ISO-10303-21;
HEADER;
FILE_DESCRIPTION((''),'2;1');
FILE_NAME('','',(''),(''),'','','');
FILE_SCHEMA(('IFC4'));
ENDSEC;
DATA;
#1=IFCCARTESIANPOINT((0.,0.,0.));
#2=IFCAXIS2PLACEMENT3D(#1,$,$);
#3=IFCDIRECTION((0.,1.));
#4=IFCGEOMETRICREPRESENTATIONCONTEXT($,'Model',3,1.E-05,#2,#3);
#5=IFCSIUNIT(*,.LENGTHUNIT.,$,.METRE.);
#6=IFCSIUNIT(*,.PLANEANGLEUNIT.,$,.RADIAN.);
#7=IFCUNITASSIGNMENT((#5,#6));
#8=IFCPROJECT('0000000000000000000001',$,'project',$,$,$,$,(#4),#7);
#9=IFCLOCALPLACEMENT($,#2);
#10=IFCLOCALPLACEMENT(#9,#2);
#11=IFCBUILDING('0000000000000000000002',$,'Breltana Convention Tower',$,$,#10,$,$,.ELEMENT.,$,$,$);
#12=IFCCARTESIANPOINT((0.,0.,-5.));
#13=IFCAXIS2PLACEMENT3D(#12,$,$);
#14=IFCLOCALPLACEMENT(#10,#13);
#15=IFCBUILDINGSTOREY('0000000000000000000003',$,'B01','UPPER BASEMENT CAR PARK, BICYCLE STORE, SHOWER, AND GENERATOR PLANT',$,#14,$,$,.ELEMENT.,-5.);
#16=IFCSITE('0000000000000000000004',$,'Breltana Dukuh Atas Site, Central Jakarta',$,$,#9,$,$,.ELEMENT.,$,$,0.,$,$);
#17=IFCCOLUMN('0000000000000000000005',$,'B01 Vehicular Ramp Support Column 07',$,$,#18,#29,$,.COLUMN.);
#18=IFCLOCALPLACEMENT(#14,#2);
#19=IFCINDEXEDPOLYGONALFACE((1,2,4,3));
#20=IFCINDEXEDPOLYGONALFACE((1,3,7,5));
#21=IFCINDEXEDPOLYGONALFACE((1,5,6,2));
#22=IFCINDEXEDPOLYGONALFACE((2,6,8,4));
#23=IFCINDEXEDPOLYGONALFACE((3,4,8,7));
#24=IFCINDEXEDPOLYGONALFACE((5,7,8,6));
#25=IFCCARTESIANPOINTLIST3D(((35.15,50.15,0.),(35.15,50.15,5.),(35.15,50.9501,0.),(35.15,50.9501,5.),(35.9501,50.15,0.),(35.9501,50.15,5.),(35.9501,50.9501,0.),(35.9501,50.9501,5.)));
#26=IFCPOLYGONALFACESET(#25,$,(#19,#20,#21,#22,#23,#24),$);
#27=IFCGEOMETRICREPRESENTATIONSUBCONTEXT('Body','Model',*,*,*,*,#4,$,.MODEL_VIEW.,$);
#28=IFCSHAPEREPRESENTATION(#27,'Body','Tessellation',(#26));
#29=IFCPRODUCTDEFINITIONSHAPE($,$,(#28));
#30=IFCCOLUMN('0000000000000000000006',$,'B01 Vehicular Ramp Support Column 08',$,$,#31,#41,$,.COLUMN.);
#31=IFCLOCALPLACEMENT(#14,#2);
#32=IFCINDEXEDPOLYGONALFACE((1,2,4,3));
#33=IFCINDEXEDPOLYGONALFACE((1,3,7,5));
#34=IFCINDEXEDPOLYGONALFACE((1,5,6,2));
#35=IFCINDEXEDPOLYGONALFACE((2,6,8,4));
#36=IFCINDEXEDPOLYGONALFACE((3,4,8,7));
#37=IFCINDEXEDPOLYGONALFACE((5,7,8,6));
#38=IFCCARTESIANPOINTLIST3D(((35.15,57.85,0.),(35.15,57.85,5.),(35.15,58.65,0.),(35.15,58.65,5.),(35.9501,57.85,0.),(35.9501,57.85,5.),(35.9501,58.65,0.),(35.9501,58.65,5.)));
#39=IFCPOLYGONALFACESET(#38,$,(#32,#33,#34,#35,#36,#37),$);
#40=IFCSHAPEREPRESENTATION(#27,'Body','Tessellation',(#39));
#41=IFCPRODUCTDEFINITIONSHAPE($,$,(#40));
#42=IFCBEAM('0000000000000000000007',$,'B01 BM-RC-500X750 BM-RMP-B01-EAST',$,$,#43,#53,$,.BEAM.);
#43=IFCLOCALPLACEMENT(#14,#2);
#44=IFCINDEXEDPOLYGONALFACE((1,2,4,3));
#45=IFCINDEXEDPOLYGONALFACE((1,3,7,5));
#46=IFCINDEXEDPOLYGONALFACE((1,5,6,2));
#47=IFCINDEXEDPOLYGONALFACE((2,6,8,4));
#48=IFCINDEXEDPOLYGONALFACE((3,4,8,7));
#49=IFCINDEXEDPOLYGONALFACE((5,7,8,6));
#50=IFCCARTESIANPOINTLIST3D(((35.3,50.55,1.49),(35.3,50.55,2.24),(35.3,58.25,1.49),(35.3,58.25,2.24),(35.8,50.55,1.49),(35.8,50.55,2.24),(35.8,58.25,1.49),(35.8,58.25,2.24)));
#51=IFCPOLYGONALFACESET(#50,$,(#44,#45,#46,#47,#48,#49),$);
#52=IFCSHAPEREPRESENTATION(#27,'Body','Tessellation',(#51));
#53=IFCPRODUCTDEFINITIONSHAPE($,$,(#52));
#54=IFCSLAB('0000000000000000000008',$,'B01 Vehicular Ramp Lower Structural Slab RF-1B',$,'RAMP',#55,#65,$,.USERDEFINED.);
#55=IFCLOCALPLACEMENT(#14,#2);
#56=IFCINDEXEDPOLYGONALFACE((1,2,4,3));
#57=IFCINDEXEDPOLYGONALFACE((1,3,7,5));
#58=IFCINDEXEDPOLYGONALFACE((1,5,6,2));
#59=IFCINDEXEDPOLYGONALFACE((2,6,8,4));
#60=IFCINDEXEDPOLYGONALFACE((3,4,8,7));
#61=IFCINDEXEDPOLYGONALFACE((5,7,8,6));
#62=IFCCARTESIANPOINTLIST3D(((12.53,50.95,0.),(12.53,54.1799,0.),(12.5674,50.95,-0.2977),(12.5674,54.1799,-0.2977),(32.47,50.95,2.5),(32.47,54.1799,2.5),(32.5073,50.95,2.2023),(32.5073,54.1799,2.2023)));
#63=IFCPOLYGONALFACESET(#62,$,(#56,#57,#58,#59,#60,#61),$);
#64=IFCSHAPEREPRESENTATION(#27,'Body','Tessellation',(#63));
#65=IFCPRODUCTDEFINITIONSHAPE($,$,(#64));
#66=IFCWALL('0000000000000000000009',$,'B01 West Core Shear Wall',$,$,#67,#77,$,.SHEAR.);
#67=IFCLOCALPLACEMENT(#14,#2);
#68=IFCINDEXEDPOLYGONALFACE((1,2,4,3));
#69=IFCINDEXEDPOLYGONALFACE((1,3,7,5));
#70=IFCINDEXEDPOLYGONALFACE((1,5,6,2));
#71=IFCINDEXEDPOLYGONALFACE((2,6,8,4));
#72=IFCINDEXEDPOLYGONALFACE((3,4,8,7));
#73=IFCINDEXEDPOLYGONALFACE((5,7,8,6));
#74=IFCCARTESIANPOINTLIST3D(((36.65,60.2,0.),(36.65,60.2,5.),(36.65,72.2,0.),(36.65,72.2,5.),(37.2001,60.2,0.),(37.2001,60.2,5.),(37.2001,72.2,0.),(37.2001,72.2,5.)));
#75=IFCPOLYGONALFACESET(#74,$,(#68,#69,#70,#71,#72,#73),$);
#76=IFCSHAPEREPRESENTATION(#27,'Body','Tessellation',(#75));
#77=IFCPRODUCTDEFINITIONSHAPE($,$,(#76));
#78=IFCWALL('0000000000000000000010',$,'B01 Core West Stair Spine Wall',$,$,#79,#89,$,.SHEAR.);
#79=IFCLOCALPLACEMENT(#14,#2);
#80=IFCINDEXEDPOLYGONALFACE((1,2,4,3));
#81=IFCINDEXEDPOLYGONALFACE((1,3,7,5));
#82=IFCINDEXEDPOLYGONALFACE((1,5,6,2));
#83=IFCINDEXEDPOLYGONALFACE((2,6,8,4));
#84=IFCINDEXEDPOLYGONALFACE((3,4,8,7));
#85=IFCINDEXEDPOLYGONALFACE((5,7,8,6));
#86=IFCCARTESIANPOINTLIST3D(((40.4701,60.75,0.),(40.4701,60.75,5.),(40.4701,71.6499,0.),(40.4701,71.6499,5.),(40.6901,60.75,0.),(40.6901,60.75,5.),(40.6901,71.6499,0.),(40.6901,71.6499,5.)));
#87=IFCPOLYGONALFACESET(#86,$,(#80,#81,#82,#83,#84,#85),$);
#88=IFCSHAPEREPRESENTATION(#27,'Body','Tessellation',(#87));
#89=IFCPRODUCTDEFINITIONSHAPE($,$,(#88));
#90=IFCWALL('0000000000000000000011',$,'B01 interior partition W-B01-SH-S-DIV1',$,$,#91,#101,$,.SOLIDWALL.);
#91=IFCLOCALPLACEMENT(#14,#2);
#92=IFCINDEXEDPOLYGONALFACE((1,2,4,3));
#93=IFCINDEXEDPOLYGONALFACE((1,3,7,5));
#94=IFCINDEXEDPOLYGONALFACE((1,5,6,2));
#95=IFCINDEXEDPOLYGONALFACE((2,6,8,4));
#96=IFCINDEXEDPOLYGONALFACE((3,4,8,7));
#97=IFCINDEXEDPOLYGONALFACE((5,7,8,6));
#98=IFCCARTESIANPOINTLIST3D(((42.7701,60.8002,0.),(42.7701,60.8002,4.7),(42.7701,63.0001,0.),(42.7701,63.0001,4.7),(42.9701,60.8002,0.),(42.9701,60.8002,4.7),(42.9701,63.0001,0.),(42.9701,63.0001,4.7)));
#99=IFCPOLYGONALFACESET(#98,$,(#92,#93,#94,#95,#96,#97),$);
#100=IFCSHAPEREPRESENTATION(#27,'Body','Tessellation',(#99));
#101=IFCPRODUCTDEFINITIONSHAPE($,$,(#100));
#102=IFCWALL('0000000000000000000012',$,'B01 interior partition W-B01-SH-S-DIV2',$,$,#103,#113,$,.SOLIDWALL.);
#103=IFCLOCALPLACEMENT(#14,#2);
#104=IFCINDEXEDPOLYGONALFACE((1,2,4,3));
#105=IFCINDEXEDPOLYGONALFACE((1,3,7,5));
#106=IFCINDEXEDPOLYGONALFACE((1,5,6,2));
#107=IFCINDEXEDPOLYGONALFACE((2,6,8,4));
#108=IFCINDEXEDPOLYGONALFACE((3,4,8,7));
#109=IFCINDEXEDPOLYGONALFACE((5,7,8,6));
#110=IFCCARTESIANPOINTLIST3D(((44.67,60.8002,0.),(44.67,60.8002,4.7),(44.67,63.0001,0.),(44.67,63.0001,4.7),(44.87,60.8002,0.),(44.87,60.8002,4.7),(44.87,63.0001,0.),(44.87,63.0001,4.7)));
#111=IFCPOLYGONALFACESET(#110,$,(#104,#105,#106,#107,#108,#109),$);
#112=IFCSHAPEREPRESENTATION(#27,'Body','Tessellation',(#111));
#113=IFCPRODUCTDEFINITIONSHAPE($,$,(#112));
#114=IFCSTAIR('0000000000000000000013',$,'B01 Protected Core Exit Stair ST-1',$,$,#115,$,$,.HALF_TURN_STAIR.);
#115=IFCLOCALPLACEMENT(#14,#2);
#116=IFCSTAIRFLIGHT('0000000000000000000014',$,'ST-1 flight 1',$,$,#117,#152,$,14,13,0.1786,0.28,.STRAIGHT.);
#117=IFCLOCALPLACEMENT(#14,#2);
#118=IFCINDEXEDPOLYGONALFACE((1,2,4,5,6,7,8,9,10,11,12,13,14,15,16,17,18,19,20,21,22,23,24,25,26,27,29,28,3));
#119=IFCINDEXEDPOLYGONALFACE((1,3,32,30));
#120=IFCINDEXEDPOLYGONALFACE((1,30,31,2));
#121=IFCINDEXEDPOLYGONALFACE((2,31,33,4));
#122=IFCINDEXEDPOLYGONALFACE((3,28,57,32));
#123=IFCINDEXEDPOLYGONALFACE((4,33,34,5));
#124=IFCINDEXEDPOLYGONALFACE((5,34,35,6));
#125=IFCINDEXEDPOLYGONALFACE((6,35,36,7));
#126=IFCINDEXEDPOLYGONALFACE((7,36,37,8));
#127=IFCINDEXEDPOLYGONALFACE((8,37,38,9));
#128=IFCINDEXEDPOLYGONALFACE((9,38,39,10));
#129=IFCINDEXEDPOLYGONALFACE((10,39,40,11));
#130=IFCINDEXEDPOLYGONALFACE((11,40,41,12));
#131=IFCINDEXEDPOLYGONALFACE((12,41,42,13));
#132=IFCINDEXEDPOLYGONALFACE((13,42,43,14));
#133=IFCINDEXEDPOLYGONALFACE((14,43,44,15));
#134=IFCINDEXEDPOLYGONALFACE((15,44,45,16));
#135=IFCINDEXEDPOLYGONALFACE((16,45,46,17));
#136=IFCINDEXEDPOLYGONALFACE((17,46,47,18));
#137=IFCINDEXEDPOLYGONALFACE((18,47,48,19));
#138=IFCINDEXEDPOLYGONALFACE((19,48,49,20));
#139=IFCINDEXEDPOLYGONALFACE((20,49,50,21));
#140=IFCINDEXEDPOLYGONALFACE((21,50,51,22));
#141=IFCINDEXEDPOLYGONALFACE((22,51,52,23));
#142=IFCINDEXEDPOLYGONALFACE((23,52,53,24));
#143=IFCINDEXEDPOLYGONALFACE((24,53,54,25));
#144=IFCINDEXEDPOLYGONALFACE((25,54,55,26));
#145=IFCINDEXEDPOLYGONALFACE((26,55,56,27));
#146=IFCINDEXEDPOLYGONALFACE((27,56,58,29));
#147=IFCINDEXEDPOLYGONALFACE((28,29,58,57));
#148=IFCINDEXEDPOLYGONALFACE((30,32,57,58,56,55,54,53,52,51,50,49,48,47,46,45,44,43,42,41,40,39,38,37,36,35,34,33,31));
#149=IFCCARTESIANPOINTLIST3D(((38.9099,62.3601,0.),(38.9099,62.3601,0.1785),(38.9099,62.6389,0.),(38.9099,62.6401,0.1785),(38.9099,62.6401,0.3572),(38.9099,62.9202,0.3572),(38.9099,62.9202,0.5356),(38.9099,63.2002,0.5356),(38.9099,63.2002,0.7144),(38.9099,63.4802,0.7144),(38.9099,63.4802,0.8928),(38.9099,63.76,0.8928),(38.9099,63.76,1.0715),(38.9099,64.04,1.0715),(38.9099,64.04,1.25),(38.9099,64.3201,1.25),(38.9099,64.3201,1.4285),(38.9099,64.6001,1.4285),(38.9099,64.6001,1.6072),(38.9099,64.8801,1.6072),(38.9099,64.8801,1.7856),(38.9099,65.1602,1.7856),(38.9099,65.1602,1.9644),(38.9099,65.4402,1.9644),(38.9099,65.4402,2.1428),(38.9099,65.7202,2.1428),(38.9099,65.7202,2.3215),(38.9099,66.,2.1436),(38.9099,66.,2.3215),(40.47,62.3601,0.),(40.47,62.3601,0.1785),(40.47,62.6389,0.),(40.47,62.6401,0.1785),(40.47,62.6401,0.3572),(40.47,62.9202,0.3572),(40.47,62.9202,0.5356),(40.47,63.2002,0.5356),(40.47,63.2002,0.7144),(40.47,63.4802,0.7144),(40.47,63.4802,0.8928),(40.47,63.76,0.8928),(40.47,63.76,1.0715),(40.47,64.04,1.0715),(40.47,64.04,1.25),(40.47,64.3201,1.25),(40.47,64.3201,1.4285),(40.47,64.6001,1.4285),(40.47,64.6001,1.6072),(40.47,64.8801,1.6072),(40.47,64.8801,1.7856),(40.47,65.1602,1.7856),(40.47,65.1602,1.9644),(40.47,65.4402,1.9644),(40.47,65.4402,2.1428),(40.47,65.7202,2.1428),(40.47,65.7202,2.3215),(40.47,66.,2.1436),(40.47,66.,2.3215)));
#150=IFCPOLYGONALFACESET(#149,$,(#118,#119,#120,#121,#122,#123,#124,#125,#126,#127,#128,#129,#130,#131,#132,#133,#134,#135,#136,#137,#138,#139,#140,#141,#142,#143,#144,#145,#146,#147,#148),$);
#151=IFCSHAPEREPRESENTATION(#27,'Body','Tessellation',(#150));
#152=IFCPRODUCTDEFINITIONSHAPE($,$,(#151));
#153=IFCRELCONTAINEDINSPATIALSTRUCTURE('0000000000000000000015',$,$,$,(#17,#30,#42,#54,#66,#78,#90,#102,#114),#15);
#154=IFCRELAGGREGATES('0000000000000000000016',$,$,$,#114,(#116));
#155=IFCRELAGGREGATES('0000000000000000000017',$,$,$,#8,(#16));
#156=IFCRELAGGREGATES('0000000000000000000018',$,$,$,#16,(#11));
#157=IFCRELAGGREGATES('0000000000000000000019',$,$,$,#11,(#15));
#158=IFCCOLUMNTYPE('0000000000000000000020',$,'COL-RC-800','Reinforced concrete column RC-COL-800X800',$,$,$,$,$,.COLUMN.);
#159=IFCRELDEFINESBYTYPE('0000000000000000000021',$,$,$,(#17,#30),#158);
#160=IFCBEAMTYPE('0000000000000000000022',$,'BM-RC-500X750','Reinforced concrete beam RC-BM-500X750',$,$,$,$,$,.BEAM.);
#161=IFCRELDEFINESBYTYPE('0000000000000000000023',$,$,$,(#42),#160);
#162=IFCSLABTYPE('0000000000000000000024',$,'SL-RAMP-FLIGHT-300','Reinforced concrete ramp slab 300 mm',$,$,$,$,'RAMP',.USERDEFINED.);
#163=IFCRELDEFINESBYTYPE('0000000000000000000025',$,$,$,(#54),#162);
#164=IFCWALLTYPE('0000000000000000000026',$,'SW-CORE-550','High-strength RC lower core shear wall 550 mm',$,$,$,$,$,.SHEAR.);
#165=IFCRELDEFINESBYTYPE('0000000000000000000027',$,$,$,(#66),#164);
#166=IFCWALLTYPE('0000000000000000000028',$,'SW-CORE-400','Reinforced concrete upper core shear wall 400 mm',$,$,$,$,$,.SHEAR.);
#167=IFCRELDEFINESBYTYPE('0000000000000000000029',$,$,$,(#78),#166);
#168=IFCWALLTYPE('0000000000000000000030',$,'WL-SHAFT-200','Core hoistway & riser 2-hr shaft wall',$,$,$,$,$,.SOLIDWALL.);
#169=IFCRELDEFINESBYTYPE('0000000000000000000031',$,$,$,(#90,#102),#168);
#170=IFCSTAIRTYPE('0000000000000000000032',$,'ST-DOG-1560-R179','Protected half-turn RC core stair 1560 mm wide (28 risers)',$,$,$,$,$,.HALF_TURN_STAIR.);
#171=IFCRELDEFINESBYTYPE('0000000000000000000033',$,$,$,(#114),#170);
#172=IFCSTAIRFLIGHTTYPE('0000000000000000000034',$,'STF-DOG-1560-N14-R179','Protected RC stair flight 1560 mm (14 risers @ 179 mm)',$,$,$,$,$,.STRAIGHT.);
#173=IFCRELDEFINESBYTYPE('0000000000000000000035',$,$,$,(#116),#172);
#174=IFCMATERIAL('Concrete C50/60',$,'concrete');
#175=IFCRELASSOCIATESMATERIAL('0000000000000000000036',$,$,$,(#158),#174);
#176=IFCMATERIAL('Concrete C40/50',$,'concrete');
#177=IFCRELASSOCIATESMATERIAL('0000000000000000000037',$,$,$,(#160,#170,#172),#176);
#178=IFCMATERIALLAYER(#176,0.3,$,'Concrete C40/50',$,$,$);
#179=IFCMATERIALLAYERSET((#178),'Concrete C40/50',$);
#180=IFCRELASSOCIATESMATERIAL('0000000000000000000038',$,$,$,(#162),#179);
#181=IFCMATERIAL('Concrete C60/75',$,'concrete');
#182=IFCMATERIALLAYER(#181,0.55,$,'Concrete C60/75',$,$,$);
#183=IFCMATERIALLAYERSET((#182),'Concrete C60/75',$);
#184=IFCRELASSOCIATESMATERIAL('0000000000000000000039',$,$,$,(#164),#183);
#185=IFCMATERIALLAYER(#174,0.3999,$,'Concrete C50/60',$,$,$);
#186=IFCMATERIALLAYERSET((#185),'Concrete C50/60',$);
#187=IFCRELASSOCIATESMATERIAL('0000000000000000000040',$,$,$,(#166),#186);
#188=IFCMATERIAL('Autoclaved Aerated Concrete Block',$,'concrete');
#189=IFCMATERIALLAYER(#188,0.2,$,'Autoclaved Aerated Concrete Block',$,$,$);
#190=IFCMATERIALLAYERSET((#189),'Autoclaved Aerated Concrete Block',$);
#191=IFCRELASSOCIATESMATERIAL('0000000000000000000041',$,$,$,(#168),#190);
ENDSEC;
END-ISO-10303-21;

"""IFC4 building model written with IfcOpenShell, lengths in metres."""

from ifc_helpers import new_model, si_unit, direction, frame, frame_2d, origin, origin_2d, place, context, subcontext, project, spatial, polyline, rectangle, outline, extrude, source, transform, mapped, material, layer, layer_set, material_profile, profile_set, type_object, type_shapes, element, aggregate, save


model = new_model("IFC4")

# Units and contexts
model_context = context("Model", 3, precision=1e-05, world=origin(), true_north=direction((0.0, 1.0)))
body_context = subcontext(model_context, "Body", "Model", "MODEL_VIEW")
ifc_project = project(units=[si_unit("LENGTHUNIT", "METRE"), si_unit("PLANEANGLEUNIT", "RADIAN")], contexts=[model_context])

# Site, building, storey
site_placement = place(None, origin())
site = spatial("IfcSite", under=ifc_project, at=site_placement, Name="Breltana Dukuh Atas Site, Central Jakarta", CompositionType="ELEMENT", RefElevation=0.0)
building_placement = place(site_placement, origin())
building = spatial("IfcBuilding", under=site, at=building_placement, Name="Breltana Convention Tower", CompositionType="ELEMENT")
storey_placement = place(building_placement, frame((0.0, 0.0, -5.0)))
storey = spatial("IfcBuildingStorey", under=building, at=storey_placement, Name="B01", Description="UPPER BASEMENT CAR PARK, BICYCLE STORE, SHOWER, AND GENERATOR PLANT", CompositionType="ELEMENT", Elevation=-5.0)

# Columns
ifc_material_1 = material(Name="Concrete C50/60", Category="concrete")
ifc_material_profile_1 = material_profile(ifc_material_1, rectangle(XDim=0.8, YDim=0.8, at=origin_2d()), Name="RC-COL-800X800")
ifc_profile_set_1 = profile_set([ifc_material_profile_1], Name="Concrete C50/60")
column_type = type_object("IfcColumnType", Name="COL-RC-800", Description="Reinforced concrete column RC-COL-800X800", PredefinedType="COLUMN", material=ifc_profile_set_1)
shared_shape_1 = source(origin(), body_context, "Body", "SweptSolid", [
    extrude(rectangle(XDim=0.8, YDim=0.8, at=origin_2d()), origin(), (0.0, 0.0, 1.0), 5.0),
])
type_shapes(column_type, [shared_shape_1])
for number, where, z_axis, x_axis, name in (
    (1, (35.55, 50.55, 0.0), (0.0, 0.0, 1.0), (1.0, 0.0, 0.0), "B01 Vehicular Ramp Support Column 07"),
    (2, (35.55, 58.25, 0.0), (0.0, 0.0, 1.0), (1.0, 0.0, 0.0), "B01 Vehicular Ramp Support Column 08"),
):
    element("IfcColumn", number, at=place(storey_placement, frame(where, z_axis=z_axis, x_axis=x_axis)), inside=storey, type_object=column_type, Name=name, PredefinedType="COLUMN", context=body_context, shape_type="MappedRepresentation", body=[
        mapped(shared_shape_1, transform((0.0, 0.0, 0.0), scale=1.0)),
    ])

# Beam
ifc_material_2 = material(Name="Concrete C40/50", Category="concrete")
ifc_material_profile_2 = material_profile(ifc_material_2, rectangle(XDim=0.5, YDim=0.75, at=origin_2d()), Name="RC-BM-500X750")
ifc_profile_set_2 = profile_set([ifc_material_profile_2], Name="Concrete C40/50")
beam_type = type_object("IfcBeamType", Name="BM-RC-500X750", Description="Reinforced concrete beam RC-BM-500X750", PredefinedType="BEAM", material=ifc_profile_set_2)
shared_shape_2 = source(origin(), body_context, "Body", "SweptSolid", [
    extrude(rectangle(XDim=0.5, YDim=0.75, at=origin_2d()), origin(), (0.0, 0.0, 1.0), 7.7),
])
beam_placement = place(storey_placement, frame((35.55, 50.55, 1.865), z_axis=(0.0, 1.0, 0.0), x_axis=(-1.0, 0.0, 0.0)))
element("IfcBeam", 3, at=beam_placement, inside=storey, type_object=beam_type, Name="B01 BM-RC-500X750 BM-RMP-B01-EAST", PredefinedType="BEAM", context=body_context, shape_type="MappedRepresentation", body=[
    mapped(shared_shape_2, transform((0.0, 0.0, 0.0), scale=1.0)),
])

# Slab
ifc_layer_1 = layer(ifc_material_2, 0.3, Name="Concrete C40/50")
ifc_layer_set_1 = layer_set([ifc_layer_1], Name="Concrete C40/50")
slab_type = type_object("IfcSlabType", Name="SL-RAMP-FLIGHT-300", Description="Reinforced concrete ramp slab 300 mm", ElementType="RAMP", PredefinedType="USERDEFINED", material=ifc_layer_set_1)
slab_placement = place(storey_placement, frame((32.47, 50.95, 2.5), z_axis=(-0.124403, 0.0, 0.992232), x_axis=(-0.992232, 0.0, -0.124403)))
element("IfcSlab", 4, at=slab_placement, inside=storey, type_object=slab_type, Name="B01 Vehicular Ramp Lower Structural Slab RF-1B", ObjectType="RAMP", PredefinedType="USERDEFINED", context=body_context, shape_type="SweptSolid", body=[
    extrude(outline(polyline([(0.0, 0.0), (20.0961, 0.0), (20.0961, -3.23), (0.0, -3.23), (0.0, 0.0)])), origin(), (0.0, 0.0, -1.0), 0.3),
])

# Wall
ifc_material_3 = material(Name="Concrete C60/75", Category="concrete")
ifc_layer_2 = layer(ifc_material_3, 0.55, Name="Concrete C60/75")
ifc_layer_set_2 = layer_set([ifc_layer_2], Name="Concrete C60/75")
wall_type_1 = type_object("IfcWallType", Name="SW-CORE-550", Description="High-strength RC lower core shear wall 550 mm", PredefinedType="SHEAR", material=ifc_layer_set_2)
shared_shape_3 = source(origin(), body_context, "Body", "SweptSolid", [
    extrude(rectangle(XDim=12.0, YDim=0.55, at=frame_2d((6.0, 0.0))), origin(), (0.0, 0.0, 1.0), 5.0),
])
type_shapes(wall_type_1, [shared_shape_3])
wall_1_placement = place(storey_placement, frame((36.925, 60.2, 0.0), z_axis=(0.0, 0.0, 1.0), x_axis=(0.0, 1.0, 0.0)))
element("IfcWall", 5, at=wall_1_placement, inside=storey, type_object=wall_type_1, Name="B01 West Core Shear Wall", PredefinedType="SHEAR", context=body_context, shape_type="MappedRepresentation", body=[
    mapped(shared_shape_3, transform((0.0, 0.0, 0.0), scale=1.0)),
])

# Walls
ifc_layer_3 = layer(ifc_material_1, 0.3999, Name="Concrete C50/60")
ifc_layer_set_3 = layer_set([ifc_layer_3], Name="Concrete C50/60")
wall_type_2 = type_object("IfcWallType", Name="SW-CORE-400", Description="Reinforced concrete upper core shear wall 400 mm", PredefinedType="SHEAR", material=ifc_layer_set_3)
shared_shape_4 = source(origin(), body_context, "Body", "SweptSolid", [
    extrude(rectangle(XDim=10.8999, YDim=0.22, at=frame_2d((5.45, 0.0))), origin(), (0.0, 0.0, 1.0), 5.0),
])
wall_2_placement = place(storey_placement, frame((40.5801, 60.75, 0.0), z_axis=(0.0, 0.0, 1.0), x_axis=(0.0, 1.0, 0.0)))
element("IfcWall", 6, at=wall_2_placement, inside=storey, type_object=wall_type_2, Name="B01 Core West Stair Spine Wall", PredefinedType="SHEAR", context=body_context, shape_type="MappedRepresentation", body=[
    mapped(shared_shape_4, transform((0.0, 0.0, 0.0), scale=1.0)),
])
ifc_material_4 = material(Name="Autoclaved Aerated Concrete Block", Category="concrete")
ifc_layer_4 = layer(ifc_material_4, 0.2, Name="Autoclaved Aerated Concrete Block")
ifc_layer_set_4 = layer_set([ifc_layer_4], Name="Autoclaved Aerated Concrete Block")
wall_type_3 = type_object("IfcWallType", Name="WL-SHAFT-200", Description="Core hoistway & riser 2-hr shaft wall", PredefinedType="SOLIDWALL", material=ifc_layer_set_4)
shared_shape_5 = source(origin(), body_context, "Body", "SweptSolid", [
    extrude(rectangle(XDim=2.2, YDim=0.2, at=frame_2d((1.1001, 0.0))), origin(), (0.0, 0.0, 1.0), 4.7),
])
for number, where, z_axis, x_axis, name in (
    (7, (42.8701, 60.8, 0.0), (0.0, 0.0, 1.0), (0.0, 1.0, 0.0), "B01 interior partition W-B01-SH-S-DIV1"),
    (8, (44.77, 60.8, 0.0), (0.0, 0.0, 1.0), (0.0, 1.0, 0.0), "B01 interior partition W-B01-SH-S-DIV2"),
):
    element("IfcWall", number, at=place(storey_placement, frame(where, z_axis=z_axis, x_axis=x_axis)), inside=storey, type_object=wall_type_3, Name=name, PredefinedType="SOLIDWALL", context=body_context, shape_type="MappedRepresentation", body=[
        mapped(shared_shape_5, transform((0.0, 0.0, 0.0), scale=1.0)),
    ])

# Stair, stair flight
stair_type = type_object("IfcStairType", Name="ST-DOG-1560-R179", Description="Protected half-turn RC core stair 1560 mm wide (28 risers)", PredefinedType="HALF_TURN_STAIR", material=ifc_material_2)
stair_placement = place(storey_placement, origin())
stair = element("IfcStair", 9, at=stair_placement, inside=storey, type_object=stair_type, Name="B01 Protected Core Exit Stair ST-1", PredefinedType="HALF_TURN_STAIR")
stair_flight_type = type_object("IfcStairFlightType", Name="STF-DOG-1560-N14-R179", Description="Protected RC stair flight 1560 mm (14 risers @ 179 mm)", PredefinedType="STRAIGHT", material=ifc_material_2)
stair_flight_placement = place(storey_placement, frame((39.6899, 62.3601, 0.0), z_axis=(0.0, 0.0, 1.0), x_axis=(0.0, 1.0, 0.0)))
stair_flight = element("IfcStairFlight", 10, at=stair_flight_placement, type_object=stair_flight_type, Name="ST-1 flight 1", NumberOfRisers=14, NumberOfTreads=13, PredefinedType="STRAIGHT", RiserHeight=0.1786, TreadLength=0.28, context=body_context, shape_type="SweptSolid", body=[
    extrude(outline(polyline([(0.0, 0.0), (0.0, 0.1785), (0.28, 0.1785), (0.28, 0.3572), (0.5601, 0.3572), (0.5601, 0.5356), (0.8401, 0.5356), (0.8401, 0.7144), (1.1201, 0.7144), (1.1201, 0.8928), (1.3999, 0.8928), (1.3999, 1.0715), (1.6799, 1.0715), (1.6799, 1.25), (1.96, 1.25), (1.96, 1.4285), (2.24, 1.4285), (2.24, 1.6072), (2.52, 1.6072), (2.52, 1.7856), (2.8, 1.7856), (2.8, 1.9644), (3.0801, 1.9644), (3.0801, 2.1428), (3.3601, 2.1428), (3.3601, 2.3215), (3.6399, 2.3215), (3.6399, 2.5), (3.6399, 2.1436), (0.2788, 0.0), (0.0, 0.0)])), frame((0.0, 0.78, 0.0), z_axis=(0.0, -1.0, 0.0), x_axis=(1.0, 0.0, 0.0)), (0.0, 0.0, 1.0), 1.5601),
])
aggregate(stair, [stair_flight])

save(model, "model.ifc")
